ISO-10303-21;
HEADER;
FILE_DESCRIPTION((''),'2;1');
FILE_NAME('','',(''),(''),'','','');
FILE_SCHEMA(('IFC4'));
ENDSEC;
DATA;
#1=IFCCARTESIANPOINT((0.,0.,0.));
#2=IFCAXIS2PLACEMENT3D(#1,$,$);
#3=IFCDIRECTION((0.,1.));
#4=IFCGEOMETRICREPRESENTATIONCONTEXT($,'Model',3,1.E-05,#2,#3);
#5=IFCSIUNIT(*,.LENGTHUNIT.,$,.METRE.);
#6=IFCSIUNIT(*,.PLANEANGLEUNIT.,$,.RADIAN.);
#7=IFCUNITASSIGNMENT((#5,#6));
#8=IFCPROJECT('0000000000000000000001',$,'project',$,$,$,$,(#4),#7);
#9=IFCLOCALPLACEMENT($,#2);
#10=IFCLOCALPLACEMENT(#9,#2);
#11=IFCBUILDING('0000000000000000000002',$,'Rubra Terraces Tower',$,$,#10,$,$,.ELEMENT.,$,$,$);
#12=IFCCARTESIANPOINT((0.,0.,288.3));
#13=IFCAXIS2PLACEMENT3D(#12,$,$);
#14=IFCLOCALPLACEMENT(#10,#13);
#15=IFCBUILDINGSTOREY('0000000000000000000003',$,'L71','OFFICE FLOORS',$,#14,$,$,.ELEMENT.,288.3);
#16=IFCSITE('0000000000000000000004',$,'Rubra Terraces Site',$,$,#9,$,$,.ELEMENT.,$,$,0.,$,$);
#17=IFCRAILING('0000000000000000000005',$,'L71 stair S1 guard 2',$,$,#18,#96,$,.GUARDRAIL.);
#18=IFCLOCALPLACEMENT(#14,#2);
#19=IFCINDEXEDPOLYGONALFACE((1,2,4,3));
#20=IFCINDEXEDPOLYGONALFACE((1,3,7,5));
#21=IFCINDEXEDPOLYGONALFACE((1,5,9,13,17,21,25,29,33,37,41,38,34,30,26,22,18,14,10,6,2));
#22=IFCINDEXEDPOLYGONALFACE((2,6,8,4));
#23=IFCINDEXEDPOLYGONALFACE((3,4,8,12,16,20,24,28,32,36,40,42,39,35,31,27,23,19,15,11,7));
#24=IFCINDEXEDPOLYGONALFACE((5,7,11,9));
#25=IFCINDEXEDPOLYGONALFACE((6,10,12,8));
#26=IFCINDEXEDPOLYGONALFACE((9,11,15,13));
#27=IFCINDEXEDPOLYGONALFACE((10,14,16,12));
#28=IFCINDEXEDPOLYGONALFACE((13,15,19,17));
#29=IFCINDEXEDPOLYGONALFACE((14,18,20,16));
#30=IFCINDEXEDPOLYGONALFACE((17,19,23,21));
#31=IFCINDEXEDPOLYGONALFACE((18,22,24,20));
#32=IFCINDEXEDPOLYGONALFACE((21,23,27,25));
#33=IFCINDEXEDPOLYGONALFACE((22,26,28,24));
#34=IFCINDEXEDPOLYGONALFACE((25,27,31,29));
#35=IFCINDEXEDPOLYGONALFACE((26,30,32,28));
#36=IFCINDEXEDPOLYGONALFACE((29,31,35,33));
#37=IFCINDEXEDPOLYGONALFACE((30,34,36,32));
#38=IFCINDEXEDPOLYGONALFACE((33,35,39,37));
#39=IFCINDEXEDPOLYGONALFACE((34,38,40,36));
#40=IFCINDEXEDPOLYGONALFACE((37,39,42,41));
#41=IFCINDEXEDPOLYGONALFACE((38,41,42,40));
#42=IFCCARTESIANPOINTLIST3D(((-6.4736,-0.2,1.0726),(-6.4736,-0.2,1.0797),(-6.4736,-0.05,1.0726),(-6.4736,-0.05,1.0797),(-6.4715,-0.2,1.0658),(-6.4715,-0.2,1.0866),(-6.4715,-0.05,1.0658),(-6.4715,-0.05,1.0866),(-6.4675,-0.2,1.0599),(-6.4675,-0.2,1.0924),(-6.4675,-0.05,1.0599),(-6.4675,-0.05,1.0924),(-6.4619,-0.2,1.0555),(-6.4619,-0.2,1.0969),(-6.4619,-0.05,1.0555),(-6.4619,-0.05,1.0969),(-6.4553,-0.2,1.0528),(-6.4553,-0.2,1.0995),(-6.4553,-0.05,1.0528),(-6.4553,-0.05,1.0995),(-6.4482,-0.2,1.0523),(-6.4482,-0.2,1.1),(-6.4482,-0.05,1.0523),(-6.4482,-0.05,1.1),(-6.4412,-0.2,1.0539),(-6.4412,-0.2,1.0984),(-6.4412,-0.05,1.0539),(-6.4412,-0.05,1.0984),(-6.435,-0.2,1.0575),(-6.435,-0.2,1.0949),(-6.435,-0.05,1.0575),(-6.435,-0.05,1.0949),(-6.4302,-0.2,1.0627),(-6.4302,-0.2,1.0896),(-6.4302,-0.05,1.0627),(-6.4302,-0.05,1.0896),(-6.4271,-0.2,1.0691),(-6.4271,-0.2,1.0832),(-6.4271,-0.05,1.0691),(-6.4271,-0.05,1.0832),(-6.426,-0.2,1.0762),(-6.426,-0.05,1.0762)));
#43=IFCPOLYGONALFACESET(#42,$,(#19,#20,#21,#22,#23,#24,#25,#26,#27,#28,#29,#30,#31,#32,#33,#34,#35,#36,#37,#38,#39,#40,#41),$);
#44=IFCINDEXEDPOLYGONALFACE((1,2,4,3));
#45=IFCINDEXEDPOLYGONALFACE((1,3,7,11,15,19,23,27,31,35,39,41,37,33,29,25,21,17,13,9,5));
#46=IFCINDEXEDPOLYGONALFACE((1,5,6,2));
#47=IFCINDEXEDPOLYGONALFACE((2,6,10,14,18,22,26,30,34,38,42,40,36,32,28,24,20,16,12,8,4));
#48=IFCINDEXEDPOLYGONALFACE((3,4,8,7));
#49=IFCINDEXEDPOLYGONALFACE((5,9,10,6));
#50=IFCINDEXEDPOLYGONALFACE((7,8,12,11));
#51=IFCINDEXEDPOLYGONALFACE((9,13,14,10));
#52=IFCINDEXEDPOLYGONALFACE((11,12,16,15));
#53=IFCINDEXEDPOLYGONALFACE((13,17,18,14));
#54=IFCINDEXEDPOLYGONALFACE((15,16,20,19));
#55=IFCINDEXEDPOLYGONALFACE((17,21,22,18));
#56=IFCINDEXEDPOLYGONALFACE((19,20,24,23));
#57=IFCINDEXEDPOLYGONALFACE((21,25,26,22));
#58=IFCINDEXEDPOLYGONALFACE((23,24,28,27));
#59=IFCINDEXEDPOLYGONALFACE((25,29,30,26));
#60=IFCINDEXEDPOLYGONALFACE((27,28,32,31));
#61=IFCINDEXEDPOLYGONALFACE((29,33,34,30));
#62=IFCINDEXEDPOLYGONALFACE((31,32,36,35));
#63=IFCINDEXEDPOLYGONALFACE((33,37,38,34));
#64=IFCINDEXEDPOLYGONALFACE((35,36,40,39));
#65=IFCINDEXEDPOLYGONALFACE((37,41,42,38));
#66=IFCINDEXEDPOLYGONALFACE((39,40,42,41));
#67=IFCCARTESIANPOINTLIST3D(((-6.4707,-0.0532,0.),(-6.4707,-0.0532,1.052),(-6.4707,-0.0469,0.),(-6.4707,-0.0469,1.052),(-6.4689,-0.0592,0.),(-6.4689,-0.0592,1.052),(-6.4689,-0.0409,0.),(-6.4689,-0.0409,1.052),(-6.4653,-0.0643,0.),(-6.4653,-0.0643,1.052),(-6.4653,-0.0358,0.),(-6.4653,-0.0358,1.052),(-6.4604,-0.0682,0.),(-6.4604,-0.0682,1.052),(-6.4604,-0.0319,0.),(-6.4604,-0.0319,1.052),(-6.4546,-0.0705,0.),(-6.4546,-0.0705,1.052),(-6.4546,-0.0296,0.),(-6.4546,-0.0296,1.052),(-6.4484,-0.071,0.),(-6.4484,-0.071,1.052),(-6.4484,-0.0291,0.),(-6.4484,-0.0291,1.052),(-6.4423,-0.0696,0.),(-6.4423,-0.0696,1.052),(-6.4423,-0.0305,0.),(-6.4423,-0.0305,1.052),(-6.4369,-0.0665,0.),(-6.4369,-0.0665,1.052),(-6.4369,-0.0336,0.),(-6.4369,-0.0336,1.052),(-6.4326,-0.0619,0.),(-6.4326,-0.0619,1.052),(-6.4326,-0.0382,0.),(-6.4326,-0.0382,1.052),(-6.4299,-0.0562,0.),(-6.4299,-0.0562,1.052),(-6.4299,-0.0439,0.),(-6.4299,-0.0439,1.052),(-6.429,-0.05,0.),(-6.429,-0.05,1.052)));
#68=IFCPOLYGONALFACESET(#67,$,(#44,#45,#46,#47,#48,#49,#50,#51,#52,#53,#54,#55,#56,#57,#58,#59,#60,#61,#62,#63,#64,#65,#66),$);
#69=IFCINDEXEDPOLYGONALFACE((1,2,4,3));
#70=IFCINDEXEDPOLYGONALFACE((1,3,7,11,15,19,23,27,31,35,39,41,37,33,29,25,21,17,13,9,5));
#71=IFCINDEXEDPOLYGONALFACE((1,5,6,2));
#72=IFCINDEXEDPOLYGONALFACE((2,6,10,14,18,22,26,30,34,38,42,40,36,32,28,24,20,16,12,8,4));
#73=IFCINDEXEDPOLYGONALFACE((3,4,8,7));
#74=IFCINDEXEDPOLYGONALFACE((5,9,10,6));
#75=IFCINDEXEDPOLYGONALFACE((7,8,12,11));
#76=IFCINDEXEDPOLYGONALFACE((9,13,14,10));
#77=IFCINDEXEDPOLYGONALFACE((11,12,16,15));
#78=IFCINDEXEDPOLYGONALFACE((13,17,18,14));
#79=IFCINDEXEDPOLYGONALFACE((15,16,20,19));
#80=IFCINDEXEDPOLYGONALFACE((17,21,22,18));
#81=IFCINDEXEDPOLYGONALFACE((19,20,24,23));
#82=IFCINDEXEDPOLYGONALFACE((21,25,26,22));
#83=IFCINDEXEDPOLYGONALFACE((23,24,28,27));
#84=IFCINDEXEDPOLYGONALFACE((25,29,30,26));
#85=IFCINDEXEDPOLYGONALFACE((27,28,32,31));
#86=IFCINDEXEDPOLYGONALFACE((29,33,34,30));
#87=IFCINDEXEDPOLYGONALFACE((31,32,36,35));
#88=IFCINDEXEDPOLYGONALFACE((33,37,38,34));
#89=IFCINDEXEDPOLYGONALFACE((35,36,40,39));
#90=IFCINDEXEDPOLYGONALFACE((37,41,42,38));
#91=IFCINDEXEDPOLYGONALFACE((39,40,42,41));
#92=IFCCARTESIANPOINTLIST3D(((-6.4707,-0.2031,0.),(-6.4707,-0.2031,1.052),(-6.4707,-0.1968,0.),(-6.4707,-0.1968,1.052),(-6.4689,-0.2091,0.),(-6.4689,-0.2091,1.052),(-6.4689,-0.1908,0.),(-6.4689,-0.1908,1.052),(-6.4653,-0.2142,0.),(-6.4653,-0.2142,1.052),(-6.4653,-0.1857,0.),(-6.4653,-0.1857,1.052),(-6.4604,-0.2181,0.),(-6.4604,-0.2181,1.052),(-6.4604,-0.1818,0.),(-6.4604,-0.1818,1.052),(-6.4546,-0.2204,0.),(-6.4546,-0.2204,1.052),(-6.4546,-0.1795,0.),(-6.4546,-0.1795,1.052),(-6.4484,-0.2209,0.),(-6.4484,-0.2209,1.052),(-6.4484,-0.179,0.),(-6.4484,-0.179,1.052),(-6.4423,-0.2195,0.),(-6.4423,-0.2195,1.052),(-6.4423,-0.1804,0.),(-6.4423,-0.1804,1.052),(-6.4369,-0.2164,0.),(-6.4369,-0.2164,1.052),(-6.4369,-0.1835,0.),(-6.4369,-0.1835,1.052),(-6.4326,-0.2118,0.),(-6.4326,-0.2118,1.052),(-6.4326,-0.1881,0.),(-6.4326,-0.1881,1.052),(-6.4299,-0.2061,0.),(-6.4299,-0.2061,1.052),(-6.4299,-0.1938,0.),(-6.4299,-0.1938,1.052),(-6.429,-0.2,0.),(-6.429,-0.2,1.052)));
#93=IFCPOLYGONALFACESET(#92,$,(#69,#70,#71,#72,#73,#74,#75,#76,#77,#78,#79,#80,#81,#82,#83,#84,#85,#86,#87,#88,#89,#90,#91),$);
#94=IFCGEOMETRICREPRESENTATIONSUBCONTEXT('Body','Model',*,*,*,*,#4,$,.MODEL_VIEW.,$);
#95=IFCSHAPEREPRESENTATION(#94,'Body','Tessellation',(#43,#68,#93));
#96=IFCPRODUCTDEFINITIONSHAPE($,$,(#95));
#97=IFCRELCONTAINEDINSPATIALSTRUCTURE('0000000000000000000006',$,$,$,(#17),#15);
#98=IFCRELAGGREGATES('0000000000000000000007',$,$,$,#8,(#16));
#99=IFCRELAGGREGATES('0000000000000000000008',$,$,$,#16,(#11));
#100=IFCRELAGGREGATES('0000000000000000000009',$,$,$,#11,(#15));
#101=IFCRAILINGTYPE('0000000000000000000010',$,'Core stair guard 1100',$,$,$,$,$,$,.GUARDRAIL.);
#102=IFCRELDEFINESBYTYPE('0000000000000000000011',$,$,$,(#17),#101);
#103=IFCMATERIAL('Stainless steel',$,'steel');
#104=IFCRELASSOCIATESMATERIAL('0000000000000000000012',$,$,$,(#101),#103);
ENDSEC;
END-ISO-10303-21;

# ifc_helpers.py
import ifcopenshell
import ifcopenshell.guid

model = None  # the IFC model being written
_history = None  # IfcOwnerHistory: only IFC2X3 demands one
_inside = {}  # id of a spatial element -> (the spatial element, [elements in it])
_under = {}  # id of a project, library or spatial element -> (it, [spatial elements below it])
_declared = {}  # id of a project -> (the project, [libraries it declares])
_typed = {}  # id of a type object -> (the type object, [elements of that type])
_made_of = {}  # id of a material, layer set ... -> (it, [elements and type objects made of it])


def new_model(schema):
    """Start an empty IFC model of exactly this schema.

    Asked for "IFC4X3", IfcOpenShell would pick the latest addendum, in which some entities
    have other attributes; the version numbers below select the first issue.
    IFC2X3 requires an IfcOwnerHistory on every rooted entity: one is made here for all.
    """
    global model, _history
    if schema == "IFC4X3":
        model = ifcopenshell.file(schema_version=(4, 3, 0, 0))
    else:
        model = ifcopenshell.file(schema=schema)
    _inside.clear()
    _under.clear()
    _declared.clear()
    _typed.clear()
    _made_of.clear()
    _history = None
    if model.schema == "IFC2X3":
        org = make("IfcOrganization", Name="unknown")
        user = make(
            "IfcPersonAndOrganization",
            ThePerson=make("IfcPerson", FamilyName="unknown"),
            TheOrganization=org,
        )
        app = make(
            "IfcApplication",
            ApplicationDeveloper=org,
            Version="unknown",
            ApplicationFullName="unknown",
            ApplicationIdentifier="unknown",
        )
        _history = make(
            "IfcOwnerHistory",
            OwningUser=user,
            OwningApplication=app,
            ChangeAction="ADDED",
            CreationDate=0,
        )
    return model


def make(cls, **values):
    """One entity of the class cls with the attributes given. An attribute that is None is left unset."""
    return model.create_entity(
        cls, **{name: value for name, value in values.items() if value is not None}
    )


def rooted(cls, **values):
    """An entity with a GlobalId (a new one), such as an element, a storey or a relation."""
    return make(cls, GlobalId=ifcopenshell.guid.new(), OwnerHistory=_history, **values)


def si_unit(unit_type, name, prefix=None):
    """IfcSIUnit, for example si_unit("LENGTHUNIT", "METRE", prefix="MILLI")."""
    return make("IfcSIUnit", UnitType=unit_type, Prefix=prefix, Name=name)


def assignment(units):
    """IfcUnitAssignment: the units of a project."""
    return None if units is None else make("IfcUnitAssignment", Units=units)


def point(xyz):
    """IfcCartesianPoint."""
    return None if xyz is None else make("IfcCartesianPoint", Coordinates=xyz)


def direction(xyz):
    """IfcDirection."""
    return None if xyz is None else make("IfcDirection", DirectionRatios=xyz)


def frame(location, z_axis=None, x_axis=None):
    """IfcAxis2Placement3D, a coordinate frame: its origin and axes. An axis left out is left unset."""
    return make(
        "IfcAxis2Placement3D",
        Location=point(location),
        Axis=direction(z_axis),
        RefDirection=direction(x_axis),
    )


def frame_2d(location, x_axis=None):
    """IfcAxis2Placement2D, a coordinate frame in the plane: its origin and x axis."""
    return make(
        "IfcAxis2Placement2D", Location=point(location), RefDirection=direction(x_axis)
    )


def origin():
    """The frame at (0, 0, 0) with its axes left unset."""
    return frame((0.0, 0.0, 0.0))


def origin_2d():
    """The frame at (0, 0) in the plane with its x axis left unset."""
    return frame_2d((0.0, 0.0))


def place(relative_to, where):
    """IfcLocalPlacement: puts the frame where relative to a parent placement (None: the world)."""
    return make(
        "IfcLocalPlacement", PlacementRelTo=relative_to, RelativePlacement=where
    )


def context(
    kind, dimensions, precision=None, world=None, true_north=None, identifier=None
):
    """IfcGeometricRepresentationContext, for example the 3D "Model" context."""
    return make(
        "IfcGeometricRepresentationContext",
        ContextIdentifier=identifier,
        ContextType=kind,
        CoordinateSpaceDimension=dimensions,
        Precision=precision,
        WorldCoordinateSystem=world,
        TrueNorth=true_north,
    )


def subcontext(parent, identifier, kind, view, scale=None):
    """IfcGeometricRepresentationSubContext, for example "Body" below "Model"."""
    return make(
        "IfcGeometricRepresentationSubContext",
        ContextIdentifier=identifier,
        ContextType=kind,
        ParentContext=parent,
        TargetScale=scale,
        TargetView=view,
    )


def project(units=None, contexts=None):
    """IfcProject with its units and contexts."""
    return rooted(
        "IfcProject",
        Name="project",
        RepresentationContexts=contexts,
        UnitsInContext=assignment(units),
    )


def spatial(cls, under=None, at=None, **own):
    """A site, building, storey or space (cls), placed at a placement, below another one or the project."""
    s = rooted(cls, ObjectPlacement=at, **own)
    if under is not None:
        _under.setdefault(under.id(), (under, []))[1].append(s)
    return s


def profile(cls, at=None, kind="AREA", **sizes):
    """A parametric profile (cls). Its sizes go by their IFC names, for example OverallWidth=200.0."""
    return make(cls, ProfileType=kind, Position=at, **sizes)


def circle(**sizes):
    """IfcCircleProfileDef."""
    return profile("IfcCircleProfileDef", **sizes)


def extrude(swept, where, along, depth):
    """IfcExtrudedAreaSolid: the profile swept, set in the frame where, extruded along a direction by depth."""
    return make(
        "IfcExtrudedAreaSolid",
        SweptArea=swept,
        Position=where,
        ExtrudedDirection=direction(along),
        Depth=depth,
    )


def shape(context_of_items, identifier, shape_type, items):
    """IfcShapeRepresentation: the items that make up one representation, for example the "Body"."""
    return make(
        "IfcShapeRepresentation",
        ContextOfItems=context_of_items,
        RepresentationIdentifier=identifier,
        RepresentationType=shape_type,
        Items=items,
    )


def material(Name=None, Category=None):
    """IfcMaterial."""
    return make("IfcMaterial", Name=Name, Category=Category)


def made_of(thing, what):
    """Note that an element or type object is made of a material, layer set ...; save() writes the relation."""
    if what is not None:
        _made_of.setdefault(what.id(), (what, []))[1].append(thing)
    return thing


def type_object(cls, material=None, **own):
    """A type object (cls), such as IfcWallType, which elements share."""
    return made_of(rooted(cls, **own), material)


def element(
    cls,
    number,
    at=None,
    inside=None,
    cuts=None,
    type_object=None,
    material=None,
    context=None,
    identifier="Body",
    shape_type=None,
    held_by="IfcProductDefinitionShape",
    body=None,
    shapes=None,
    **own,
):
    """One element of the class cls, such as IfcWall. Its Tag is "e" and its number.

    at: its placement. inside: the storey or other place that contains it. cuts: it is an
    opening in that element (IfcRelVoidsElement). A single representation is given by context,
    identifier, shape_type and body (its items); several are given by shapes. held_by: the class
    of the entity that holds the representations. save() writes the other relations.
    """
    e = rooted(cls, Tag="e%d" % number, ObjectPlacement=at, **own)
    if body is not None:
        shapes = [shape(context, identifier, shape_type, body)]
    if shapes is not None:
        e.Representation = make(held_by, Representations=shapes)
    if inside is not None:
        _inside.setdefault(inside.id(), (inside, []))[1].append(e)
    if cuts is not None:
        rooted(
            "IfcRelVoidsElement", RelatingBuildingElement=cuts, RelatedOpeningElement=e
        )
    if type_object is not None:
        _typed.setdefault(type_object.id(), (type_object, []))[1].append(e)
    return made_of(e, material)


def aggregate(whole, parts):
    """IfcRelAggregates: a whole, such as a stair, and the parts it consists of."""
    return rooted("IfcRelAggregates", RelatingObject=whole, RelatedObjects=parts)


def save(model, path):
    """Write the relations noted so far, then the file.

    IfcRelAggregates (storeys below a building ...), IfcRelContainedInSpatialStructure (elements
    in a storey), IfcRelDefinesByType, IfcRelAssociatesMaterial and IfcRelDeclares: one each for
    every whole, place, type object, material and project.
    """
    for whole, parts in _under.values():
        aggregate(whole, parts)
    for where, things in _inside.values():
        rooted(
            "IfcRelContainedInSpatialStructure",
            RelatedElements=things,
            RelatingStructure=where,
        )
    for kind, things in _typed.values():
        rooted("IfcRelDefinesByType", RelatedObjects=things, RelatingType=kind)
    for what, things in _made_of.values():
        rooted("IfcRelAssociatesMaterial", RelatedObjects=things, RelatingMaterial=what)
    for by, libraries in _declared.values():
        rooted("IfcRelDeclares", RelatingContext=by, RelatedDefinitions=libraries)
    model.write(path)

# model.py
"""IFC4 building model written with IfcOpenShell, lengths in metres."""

from ifc_helpers import new_model, si_unit, direction, frame, origin, origin_2d, place, context, subcontext, project, spatial, circle, extrude, material, type_object, element, save


model = new_model("IFC4")

# Units and contexts
model_context = context("Model", 3, precision=1e-05, world=origin(), true_north=direction((0.0, 1.0)))
body_context = subcontext(model_context, "Body", "Model", "MODEL_VIEW")
ifc_project = project(units=[si_unit("LENGTHUNIT", "METRE"), si_unit("PLANEANGLEUNIT", "RADIAN")], contexts=[model_context])

# Site, building, storey
site_placement = place(None, origin())
site = spatial("IfcSite", under=ifc_project, at=site_placement, Name="Rubra Terraces Site", CompositionType="ELEMENT", RefElevation=0.0)
building_placement = place(site_placement, origin())
building = spatial("IfcBuilding", under=site, at=building_placement, Name="Rubra Terraces Tower", CompositionType="ELEMENT")
storey_placement = place(building_placement, frame((0.0, 0.0, 288.3)))
storey = spatial("IfcBuildingStorey", under=building, at=storey_placement, Name="L71", Description="OFFICE FLOORS", CompositionType="ELEMENT", Elevation=288.3)

# Railing
ifc_material_1 = material(Name="Stainless steel", Category="steel")
railing_type = type_object("IfcRailingType", Name="Core stair guard 1100", PredefinedType="GUARDRAIL", material=ifc_material_1)
railing_1_placement = place(storey_placement, frame((-6.45, -0.05, 0.0)))
element("IfcRailing", 1, at=railing_1_placement, inside=storey, type_object=railing_type, Name="L71 stair S1 guard 2", PredefinedType="GUARDRAIL", context=body_context, shape_type="SweptSolid", body=[
    extrude(circle(Radius=0.0239, at=origin_2d()), frame((0.0, 0.0, 1.0762), z_axis=(0.0, -1.0, 0.0), x_axis=(1.0, 0.0, 0.0)), (0.0, 0.0, 1.0), 0.1499),
    extrude(circle(Radius=0.021, at=origin_2d()), origin(), (0.0, 0.0, 1.0), 1.052),
    extrude(circle(Radius=0.021, at=origin_2d()), frame((0.0, -0.1499, 0.0)), (0.0, 0.0, 1.0), 1.052),
])

save(model, "model.ifc")
